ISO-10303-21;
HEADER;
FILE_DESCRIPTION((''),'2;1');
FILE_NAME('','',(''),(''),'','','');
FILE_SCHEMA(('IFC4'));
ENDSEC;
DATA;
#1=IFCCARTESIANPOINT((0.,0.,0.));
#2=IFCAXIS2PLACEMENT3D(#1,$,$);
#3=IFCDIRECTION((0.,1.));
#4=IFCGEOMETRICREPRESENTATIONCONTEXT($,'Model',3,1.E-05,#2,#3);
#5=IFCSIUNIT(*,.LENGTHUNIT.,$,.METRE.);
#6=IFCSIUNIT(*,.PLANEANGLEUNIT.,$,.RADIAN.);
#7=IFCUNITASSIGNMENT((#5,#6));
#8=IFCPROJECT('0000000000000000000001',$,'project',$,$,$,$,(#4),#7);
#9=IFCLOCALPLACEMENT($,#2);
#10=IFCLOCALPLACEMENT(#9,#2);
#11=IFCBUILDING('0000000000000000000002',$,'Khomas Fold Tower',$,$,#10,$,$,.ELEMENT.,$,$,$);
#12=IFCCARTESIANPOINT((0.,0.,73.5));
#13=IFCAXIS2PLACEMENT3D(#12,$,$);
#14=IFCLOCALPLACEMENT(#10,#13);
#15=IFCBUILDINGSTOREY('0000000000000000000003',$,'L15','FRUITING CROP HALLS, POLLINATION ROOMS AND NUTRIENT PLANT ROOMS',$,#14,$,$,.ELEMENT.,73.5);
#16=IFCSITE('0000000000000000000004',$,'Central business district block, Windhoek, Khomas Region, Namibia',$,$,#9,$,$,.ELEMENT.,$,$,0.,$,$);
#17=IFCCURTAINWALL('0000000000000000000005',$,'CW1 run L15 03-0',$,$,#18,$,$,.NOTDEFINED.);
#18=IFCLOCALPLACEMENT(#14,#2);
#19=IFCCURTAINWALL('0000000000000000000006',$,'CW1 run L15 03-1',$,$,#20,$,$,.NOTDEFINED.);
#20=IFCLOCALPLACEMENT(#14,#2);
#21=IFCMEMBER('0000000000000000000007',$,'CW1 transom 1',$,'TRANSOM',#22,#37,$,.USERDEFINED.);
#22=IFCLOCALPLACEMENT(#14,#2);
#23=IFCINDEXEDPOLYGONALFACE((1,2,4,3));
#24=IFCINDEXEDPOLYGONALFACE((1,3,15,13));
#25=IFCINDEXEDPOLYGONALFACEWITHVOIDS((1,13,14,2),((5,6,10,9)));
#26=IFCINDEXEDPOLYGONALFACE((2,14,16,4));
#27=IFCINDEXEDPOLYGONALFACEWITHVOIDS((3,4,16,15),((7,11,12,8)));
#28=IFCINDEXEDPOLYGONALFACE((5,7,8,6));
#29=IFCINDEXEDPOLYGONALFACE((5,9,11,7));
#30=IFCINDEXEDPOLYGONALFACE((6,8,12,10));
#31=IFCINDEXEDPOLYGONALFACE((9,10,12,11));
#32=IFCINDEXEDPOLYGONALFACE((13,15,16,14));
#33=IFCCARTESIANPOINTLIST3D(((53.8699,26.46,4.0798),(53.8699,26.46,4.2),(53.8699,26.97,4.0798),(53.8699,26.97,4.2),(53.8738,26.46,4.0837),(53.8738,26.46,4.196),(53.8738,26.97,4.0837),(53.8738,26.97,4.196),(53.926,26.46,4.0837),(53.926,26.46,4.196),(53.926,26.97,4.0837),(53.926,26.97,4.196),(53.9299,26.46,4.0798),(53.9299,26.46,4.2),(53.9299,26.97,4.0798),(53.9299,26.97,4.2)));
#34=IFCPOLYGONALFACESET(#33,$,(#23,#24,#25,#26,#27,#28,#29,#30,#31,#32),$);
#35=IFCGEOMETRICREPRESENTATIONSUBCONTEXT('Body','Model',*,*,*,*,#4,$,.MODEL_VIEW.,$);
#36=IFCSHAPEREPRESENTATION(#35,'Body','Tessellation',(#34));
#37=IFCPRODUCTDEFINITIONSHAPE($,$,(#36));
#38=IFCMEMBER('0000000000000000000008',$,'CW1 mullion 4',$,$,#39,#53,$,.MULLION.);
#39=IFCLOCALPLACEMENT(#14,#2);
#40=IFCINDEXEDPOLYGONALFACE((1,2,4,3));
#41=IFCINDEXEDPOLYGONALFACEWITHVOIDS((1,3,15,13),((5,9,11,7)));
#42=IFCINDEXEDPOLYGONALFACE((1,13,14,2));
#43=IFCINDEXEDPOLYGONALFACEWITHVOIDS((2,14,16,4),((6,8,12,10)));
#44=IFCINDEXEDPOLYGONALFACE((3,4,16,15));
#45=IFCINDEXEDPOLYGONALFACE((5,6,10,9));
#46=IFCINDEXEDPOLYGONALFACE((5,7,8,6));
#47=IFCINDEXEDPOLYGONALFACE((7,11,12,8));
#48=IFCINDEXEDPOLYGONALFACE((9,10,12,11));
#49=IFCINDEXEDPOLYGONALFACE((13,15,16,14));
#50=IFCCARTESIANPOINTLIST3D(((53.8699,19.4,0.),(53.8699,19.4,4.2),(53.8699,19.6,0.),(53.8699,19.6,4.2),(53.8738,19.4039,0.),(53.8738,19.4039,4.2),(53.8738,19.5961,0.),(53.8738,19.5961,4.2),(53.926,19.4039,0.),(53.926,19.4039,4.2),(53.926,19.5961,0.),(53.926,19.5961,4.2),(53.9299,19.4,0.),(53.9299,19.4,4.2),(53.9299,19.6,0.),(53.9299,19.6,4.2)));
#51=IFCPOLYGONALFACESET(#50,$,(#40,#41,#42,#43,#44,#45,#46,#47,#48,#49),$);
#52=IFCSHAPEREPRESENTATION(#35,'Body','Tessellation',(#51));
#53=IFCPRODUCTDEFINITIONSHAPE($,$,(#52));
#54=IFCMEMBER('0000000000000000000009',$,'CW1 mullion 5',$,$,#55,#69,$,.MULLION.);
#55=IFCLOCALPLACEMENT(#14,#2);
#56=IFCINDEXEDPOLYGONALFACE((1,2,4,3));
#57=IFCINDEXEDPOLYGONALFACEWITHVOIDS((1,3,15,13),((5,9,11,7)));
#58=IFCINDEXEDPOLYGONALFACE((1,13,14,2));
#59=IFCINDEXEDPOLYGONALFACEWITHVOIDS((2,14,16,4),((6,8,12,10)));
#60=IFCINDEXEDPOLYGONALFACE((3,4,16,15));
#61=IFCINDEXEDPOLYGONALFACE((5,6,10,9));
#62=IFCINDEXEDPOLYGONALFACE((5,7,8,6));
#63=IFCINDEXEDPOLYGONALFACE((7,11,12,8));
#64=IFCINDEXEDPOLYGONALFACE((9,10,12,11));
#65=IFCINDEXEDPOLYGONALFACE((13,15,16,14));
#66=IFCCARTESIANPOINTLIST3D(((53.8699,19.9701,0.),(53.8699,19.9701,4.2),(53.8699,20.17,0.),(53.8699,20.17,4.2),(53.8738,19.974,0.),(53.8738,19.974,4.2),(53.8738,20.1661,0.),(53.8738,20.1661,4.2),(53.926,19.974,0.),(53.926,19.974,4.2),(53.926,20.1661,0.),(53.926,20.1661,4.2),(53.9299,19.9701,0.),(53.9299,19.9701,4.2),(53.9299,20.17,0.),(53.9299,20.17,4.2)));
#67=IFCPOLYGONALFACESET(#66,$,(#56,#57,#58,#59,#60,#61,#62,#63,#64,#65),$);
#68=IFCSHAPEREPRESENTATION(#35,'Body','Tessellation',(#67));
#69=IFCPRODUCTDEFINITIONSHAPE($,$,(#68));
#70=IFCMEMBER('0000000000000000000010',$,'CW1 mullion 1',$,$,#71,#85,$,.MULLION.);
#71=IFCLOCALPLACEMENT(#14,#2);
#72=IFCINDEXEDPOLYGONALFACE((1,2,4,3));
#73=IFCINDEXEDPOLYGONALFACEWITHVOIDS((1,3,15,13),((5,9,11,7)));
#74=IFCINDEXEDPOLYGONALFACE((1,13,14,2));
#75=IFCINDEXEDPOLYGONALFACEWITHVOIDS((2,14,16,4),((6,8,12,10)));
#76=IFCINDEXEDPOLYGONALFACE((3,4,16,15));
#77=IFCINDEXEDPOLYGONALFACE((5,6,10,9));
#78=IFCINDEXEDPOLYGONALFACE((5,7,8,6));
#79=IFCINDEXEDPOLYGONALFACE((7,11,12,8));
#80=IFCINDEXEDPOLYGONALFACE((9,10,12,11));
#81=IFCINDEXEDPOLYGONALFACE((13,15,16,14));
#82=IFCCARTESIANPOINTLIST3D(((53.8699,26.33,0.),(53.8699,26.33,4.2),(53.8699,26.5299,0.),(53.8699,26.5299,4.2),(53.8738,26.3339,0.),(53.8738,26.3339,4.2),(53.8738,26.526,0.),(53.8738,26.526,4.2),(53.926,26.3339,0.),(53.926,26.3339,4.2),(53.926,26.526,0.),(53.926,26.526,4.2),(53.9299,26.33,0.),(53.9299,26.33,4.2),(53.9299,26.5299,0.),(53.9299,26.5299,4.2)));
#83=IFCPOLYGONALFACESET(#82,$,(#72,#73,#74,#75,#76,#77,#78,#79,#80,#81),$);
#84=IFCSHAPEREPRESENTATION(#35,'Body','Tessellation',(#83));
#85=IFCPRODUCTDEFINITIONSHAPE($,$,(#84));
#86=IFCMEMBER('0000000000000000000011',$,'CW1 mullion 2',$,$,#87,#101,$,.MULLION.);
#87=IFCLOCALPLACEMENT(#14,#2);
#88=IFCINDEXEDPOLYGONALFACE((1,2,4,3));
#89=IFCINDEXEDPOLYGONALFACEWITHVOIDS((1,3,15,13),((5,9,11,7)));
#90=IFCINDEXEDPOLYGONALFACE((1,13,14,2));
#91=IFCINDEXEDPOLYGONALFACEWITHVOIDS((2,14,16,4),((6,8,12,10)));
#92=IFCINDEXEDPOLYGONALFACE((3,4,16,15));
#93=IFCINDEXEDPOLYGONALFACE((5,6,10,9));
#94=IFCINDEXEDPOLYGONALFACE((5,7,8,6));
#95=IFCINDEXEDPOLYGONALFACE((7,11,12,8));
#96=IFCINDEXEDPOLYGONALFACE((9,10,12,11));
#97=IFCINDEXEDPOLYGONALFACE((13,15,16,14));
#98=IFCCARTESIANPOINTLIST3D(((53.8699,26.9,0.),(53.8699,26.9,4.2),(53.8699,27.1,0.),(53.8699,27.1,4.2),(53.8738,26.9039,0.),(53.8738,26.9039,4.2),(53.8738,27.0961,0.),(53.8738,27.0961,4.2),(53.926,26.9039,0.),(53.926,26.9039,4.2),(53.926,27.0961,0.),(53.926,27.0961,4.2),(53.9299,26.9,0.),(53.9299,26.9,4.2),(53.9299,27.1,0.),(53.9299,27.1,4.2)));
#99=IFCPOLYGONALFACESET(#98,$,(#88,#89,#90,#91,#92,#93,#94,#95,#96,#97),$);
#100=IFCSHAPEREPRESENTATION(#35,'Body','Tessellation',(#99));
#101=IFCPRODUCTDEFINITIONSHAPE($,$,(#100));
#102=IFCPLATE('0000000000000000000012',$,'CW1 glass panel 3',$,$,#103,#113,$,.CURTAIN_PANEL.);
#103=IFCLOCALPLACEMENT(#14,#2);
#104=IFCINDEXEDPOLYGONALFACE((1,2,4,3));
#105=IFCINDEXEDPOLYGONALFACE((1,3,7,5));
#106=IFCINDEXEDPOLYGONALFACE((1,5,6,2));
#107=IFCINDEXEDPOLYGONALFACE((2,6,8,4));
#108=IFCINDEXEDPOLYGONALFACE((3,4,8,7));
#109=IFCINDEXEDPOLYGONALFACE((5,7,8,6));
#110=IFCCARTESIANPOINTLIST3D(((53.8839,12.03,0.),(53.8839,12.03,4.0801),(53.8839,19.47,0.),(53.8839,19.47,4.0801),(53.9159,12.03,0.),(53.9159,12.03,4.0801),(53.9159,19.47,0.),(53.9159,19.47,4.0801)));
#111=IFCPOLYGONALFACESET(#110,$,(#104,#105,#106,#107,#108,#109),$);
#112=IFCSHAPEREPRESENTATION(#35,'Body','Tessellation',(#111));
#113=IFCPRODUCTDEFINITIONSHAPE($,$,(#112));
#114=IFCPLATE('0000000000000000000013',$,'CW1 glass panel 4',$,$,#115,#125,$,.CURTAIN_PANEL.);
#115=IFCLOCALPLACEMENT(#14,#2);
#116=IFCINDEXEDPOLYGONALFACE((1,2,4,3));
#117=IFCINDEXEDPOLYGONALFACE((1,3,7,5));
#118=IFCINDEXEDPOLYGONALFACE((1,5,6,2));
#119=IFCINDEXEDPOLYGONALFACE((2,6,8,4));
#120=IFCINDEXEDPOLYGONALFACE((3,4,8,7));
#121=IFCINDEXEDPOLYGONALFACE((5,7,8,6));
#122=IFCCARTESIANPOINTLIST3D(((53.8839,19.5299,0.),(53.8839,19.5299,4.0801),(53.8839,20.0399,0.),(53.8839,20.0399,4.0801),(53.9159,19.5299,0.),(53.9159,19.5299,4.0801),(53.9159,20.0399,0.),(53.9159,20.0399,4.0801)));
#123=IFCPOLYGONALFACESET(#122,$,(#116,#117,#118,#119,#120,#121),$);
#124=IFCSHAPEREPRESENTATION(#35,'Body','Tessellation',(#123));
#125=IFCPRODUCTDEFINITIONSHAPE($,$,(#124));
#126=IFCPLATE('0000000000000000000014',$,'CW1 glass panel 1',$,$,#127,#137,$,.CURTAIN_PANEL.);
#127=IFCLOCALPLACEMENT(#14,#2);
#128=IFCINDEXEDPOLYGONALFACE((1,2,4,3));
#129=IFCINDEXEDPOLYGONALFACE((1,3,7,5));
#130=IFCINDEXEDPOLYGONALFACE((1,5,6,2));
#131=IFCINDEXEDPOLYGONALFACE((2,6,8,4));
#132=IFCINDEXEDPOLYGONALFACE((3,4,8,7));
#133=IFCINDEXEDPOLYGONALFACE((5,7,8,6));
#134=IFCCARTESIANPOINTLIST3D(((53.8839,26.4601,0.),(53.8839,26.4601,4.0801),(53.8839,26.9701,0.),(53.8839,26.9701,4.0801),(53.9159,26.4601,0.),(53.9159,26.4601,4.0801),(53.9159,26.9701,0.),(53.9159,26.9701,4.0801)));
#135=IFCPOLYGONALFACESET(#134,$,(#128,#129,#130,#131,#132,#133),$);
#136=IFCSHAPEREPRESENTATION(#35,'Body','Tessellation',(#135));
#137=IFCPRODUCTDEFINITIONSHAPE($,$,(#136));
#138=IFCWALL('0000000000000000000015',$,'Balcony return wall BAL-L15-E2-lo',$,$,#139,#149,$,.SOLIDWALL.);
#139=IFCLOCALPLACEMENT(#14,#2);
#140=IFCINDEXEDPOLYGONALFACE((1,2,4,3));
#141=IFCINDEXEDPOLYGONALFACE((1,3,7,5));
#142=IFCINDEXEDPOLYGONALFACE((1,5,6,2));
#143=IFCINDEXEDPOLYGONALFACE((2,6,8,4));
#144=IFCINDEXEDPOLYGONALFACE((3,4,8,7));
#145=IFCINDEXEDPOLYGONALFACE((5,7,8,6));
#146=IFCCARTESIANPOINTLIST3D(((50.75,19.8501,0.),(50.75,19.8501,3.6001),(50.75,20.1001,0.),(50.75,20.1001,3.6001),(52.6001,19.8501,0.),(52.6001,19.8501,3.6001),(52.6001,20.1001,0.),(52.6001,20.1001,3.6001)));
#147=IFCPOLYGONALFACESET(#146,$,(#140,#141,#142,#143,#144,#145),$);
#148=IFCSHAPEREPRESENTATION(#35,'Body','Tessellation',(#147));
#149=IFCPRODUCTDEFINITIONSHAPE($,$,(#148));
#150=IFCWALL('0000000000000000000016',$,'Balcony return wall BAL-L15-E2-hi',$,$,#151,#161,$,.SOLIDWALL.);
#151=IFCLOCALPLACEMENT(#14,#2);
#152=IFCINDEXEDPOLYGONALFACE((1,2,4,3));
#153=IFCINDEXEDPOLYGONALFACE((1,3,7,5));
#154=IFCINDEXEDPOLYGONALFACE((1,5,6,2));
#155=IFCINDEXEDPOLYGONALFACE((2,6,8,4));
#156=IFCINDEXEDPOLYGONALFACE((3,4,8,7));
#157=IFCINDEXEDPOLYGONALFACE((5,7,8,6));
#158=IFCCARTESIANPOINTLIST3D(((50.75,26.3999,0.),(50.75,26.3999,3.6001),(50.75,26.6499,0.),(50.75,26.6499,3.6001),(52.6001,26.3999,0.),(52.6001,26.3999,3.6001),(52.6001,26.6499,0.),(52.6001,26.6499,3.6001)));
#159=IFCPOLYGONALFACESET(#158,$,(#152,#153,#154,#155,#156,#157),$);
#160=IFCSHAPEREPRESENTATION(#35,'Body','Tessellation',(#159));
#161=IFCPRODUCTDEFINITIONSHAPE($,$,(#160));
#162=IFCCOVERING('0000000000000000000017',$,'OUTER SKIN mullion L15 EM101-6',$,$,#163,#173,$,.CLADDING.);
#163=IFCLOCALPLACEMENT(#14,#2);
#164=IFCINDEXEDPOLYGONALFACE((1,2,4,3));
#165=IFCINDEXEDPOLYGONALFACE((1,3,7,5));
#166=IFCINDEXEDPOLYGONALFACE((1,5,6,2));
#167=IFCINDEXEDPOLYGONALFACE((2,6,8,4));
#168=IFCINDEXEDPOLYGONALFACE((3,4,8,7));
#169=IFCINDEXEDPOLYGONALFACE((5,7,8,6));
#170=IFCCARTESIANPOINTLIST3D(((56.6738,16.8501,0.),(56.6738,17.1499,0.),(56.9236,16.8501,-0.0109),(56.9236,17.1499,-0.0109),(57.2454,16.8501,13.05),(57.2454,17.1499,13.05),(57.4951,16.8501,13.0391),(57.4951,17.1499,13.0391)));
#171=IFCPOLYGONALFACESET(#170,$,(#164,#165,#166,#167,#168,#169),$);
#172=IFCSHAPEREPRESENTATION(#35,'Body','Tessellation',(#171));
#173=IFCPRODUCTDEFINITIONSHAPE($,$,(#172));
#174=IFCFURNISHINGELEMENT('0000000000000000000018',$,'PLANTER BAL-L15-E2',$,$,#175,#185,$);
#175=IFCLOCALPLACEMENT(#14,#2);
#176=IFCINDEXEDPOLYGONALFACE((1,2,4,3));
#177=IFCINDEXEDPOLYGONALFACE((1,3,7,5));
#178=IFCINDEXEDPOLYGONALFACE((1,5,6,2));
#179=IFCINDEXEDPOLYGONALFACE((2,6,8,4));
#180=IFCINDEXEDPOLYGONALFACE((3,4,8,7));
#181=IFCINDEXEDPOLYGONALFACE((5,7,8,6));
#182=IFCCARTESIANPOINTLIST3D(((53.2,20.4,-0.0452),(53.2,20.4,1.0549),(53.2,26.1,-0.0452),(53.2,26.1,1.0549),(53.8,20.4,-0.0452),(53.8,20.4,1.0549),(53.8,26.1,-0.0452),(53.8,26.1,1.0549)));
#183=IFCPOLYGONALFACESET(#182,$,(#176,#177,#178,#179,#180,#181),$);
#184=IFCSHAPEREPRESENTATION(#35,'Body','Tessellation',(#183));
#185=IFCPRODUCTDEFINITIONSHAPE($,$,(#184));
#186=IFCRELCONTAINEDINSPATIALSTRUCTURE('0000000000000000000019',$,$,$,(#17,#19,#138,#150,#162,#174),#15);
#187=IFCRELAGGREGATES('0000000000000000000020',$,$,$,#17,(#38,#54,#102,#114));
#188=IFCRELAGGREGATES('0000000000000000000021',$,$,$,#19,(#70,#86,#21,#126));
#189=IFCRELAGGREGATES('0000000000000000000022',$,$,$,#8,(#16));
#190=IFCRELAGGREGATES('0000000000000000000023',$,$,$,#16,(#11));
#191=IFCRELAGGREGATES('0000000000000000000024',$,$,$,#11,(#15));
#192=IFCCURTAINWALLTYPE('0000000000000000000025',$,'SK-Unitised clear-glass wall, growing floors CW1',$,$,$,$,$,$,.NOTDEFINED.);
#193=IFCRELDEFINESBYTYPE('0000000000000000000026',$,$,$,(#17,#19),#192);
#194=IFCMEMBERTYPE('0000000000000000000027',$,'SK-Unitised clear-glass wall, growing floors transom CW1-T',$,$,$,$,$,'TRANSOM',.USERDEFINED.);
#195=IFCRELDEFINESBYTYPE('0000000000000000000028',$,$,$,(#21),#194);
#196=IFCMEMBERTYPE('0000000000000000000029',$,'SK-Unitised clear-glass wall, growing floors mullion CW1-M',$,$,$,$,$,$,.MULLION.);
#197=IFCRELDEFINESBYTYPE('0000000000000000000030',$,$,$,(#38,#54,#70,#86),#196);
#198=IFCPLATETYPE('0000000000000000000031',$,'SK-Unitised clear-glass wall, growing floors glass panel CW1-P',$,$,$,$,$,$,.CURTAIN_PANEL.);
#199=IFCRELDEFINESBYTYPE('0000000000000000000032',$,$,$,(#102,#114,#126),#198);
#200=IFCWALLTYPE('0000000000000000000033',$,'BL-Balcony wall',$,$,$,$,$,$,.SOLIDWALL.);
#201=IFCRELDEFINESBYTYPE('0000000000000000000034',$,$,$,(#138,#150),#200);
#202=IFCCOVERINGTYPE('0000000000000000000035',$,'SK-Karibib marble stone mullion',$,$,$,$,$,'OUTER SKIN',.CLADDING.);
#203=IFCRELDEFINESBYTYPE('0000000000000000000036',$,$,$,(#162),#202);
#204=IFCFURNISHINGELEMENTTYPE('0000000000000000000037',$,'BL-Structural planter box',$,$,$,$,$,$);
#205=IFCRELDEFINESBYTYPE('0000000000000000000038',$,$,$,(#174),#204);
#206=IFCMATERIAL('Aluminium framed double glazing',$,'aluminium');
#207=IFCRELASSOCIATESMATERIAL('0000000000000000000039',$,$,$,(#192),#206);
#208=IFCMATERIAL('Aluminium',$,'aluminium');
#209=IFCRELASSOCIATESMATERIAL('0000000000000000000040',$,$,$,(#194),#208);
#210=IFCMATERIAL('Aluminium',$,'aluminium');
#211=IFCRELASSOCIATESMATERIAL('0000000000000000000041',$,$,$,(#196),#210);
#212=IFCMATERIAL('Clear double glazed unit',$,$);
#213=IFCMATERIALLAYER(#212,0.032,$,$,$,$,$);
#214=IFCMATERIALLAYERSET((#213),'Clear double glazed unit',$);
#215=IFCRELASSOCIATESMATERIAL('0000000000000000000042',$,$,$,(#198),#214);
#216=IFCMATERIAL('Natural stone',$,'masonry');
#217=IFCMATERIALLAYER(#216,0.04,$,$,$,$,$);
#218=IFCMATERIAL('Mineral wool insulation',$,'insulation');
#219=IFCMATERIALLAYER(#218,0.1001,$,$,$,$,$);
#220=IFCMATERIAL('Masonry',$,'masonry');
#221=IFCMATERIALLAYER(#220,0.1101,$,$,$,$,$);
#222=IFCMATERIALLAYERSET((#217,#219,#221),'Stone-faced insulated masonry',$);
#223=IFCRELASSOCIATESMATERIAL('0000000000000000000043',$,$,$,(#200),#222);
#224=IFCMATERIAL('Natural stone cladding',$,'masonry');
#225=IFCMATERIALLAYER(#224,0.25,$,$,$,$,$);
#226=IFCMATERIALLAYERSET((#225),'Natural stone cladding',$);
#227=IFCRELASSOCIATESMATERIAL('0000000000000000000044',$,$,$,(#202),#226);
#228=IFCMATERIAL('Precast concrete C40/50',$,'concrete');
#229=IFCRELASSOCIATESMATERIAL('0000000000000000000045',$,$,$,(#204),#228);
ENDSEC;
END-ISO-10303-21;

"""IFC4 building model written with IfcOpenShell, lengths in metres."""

from ifc_helpers import new_model, si_unit, direction, frame, frame_2d, origin, origin_2d, place, context, subcontext, project, spatial, polyline, rectangle, hollow_rectangle, outline, extrude, source, transform, mapped, material, layer, layer_set, material_profile, profile_set, type_object, element, aggregate, save


model = new_model("IFC4")

# Units and contexts
model_context = context("Model", 3, precision=1e-05, world=origin(), true_north=direction((0.0, 1.0)))
body_context = subcontext(model_context, "Body", "Model", "MODEL_VIEW")
ifc_project = project(units=[si_unit("LENGTHUNIT", "METRE"), si_unit("PLANEANGLEUNIT", "RADIAN")], contexts=[model_context])

# Site, building, storey
site_placement = place(None, origin())
site = spatial("IfcSite", under=ifc_project, at=site_placement, Name="Central business district block, Windhoek, Khomas Region, Namibia", CompositionType="ELEMENT", RefElevation=0.0)
building_placement = place(site_placement, origin())
building = spatial("IfcBuilding", under=site, at=building_placement, Name="Khomas Fold Tower", CompositionType="ELEMENT")
storey_placement = place(building_placement, frame((0.0, 0.0, 73.5)))
storey = spatial("IfcBuildingStorey", under=building, at=storey_placement, Name="L15", Description="FRUITING CROP HALLS, POLLINATION ROOMS AND NUTRIENT PLANT ROOMS", CompositionType="ELEMENT", Elevation=73.5)

# Curtain walls
ifc_material_1 = material(Name="Aluminium framed double glazing", Category="aluminium")
curtain_wall_type = type_object("IfcCurtainWallType", Name="SK-Unitised clear-glass wall, growing floors CW1", PredefinedType="NOTDEFINED", material=ifc_material_1)
curtain_wall_1_placement = place(storey_placement, origin())
curtain_wall_1 = element("IfcCurtainWall", 1, at=curtain_wall_1_placement, inside=storey, type_object=curtain_wall_type, Name="CW1 run L15 03-0", PredefinedType="NOTDEFINED")
ifc_material_2 = material(Name="Aluminium", Category="aluminium")
ifc_material_profile_1 = material_profile(ifc_material_2, hollow_rectangle(XDim=0.0601, YDim=0.1201, WallThickness=0.0039, at=origin_2d()), Name="SK-Unitised clear-glass wall, growing floors transom CW1-T")
ifc_profile_set_1 = profile_set([ifc_material_profile_1], Name="Aluminium")
member_type_1 = type_object("IfcMemberType", Name="SK-Unitised clear-glass wall, growing floors transom CW1-T", ElementType="TRANSOM", PredefinedType="USERDEFINED", material=ifc_profile_set_1)
curtain_wall_2_placement = place(storey_placement, origin())
curtain_wall_2 = element("IfcCurtainWall", 2, at=curtain_wall_2_placement, inside=storey, type_object=curtain_wall_type, Name="CW1 run L15 03-1", PredefinedType="NOTDEFINED")

# Members
shared_shape_1 = source(origin(), body_context, "Body", "SweptSolid", [
    extrude(hollow_rectangle(XDim=0.0601, YDim=0.1201, WallThickness=0.0039, at=origin_2d()), origin(), (0.0, 0.0, 1.0), 0.51),
])
member_1_placement = place(storey_placement, frame((53.8999, 26.46, 4.1399), z_axis=(0.0, 1.0, 0.0), x_axis=(-1.0, 0.0, 0.0)))
member_1 = element("IfcMember", 3, at=member_1_placement, type_object=member_type_1, Name="CW1 transom 1", ObjectType="TRANSOM", PredefinedType="USERDEFINED", context=body_context, shape_type="MappedRepresentation", body=[
    mapped(shared_shape_1, transform((0.0, 0.0, 0.0))),
])
ifc_material_3 = material(Name="Aluminium", Category="aluminium")
ifc_material_profile_2 = material_profile(ifc_material_3, hollow_rectangle(XDim=0.0601, YDim=0.2, WallThickness=0.0039, at=origin_2d()), Name="SK-Unitised clear-glass wall, growing floors mullion CW1-M")
ifc_profile_set_2 = profile_set([ifc_material_profile_2], Name="Aluminium")
member_type_2 = type_object("IfcMemberType", Name="SK-Unitised clear-glass wall, growing floors mullion CW1-M", PredefinedType="MULLION", material=ifc_profile_set_2)
shared_shape_2 = source(origin(), body_context, "Body", "SweptSolid", [
    extrude(hollow_rectangle(XDim=0.0601, YDim=0.2, WallThickness=0.0039, at=origin_2d()), origin(), (0.0, 0.0, 1.0), 4.2),
])
member_2_placement = place(storey_placement, frame((53.8999, 19.5, 0.0), z_axis=(0.0, 0.0, 1.0), x_axis=(-1.0, 0.0, 0.0)))
member_2 = element("IfcMember", 4, at=member_2_placement, type_object=member_type_2, Name="CW1 mullion 4", PredefinedType="MULLION", context=body_context, shape_type="MappedRepresentation", body=[
    mapped(shared_shape_2, transform((0.0, 0.0, 0.0))),
])
member_3_placement = place(storey_placement, frame((53.8999, 20.0701, 0.0), z_axis=(0.0, 0.0, 1.0), x_axis=(-1.0, 0.0, 0.0)))
member_3 = element("IfcMember", 5, at=member_3_placement, type_object=member_type_2, Name="CW1 mullion 5", PredefinedType="MULLION", context=body_context, shape_type="MappedRepresentation", body=[
    mapped(shared_shape_2, transform((0.0, 0.0, 0.0))),
])
member_4_placement = place(storey_placement, frame((53.8999, 26.4299, 0.0), z_axis=(0.0, 0.0, 1.0), x_axis=(-1.0, 0.0, 0.0)))
member_4 = element("IfcMember", 6, at=member_4_placement, type_object=member_type_2, Name="CW1 mullion 1", PredefinedType="MULLION", context=body_context, shape_type="MappedRepresentation", body=[
    mapped(shared_shape_2, transform((0.0, 0.0, 0.0))),
])
member_5_placement = place(storey_placement, frame((53.8999, 27.0, 0.0), z_axis=(0.0, 0.0, 1.0), x_axis=(-1.0, 0.0, 0.0)))
member_5 = element("IfcMember", 7, at=member_5_placement, type_object=member_type_2, Name="CW1 mullion 2", PredefinedType="MULLION", context=body_context, shape_type="MappedRepresentation", body=[
    mapped(shared_shape_2, transform((0.0, 0.0, 0.0))),
])

# Plates
ifc_material_4 = material(Name="Clear double glazed unit")
ifc_layer_1 = layer(ifc_material_4, 0.032)
ifc_layer_set_1 = layer_set([ifc_layer_1], Name="Clear double glazed unit")
plate_type_1 = type_object("IfcPlateType", Name="SK-Unitised clear-glass wall, growing floors glass panel CW1-P", PredefinedType="CURTAIN_PANEL", material=ifc_layer_set_1)
shared_shape_3 = source(origin(), body_context, "Body", "SweptSolid", [
    extrude(rectangle(XDim=7.4399, YDim=0.032, at=origin_2d()), origin(), (0.0, 0.0, 1.0), 4.0801),
])
plate_1_placement = place(storey_placement, frame((53.8999, 15.75, 0.0), z_axis=(0.0, 0.0, 1.0), x_axis=(0.0, 1.0, 0.0)))
plate_1 = element("IfcPlate", 8, at=plate_1_placement, type_object=plate_type_1, Name="CW1 glass panel 3", PredefinedType="CURTAIN_PANEL", context=body_context, shape_type="MappedRepresentation", body=[
    mapped(shared_shape_3, transform((0.0, 0.0, 0.0))),
])
shared_shape_4 = source(origin(), body_context, "Body", "SweptSolid", [
    extrude(rectangle(XDim=0.51, YDim=0.032, at=origin_2d()), origin(), (0.0, 0.0, 1.0), 4.0801),
])
plate_2_placement = place(storey_placement, frame((53.8999, 19.7849, 0.0), z_axis=(0.0, 0.0, 1.0), x_axis=(0.0, 1.0, 0.0)))
plate_2 = element("IfcPlate", 9, at=plate_2_placement, type_object=plate_type_1, Name="CW1 glass panel 4", PredefinedType="CURTAIN_PANEL", context=body_context, shape_type="MappedRepresentation", body=[
    mapped(shared_shape_4, transform((0.0, 0.0, 0.0))),
])
aggregate(curtain_wall_1, [member_2, member_3, plate_1, plate_2])
plate_3_placement = place(storey_placement, frame((53.8999, 26.7151, 0.0), z_axis=(0.0, 0.0, 1.0), x_axis=(0.0, 1.0, 0.0)))
plate_3 = element("IfcPlate", 10, at=plate_3_placement, type_object=plate_type_1, Name="CW1 glass panel 1", PredefinedType="CURTAIN_PANEL", context=body_context, shape_type="MappedRepresentation", body=[
    mapped(shared_shape_4, transform((0.0, 0.0, 0.0))),
])
aggregate(curtain_wall_2, [member_4, member_5, member_1, plate_3])

# Shared definitions
ifc_material_5 = material(Name="Natural stone", Category="masonry")
ifc_layer_2 = layer(ifc_material_5, 0.04)
ifc_material_6 = material(Name="Mineral wool insulation", Category="insulation")
ifc_layer_3 = layer(ifc_material_6, 0.1001)
ifc_material_7 = material(Name="Masonry", Category="masonry")
ifc_layer_4 = layer(ifc_material_7, 0.1101)
ifc_layer_set_2 = layer_set([ifc_layer_2, ifc_layer_3, ifc_layer_4], Name="Stone-faced insulated masonry")
wall_type = type_object("IfcWallType", Name="BL-Balcony wall", PredefinedType="SOLIDWALL", material=ifc_layer_set_2)

# Walls
shared_shape_5 = source(origin(), body_context, "Body", "SweptSolid", [
    extrude(rectangle(XDim=1.8501, YDim=0.25, at=frame_2d((0.925, 0.0))), origin(), (0.0, 0.0, 1.0), 3.6001),
])
for number, where, z_axis, x_axis, name in (
    (11, (52.6001, 19.9751, 0.0), (0.0, 0.0, 1.0), (-1.0, 0.0, 0.0), "Balcony return wall BAL-L15-E2-lo"),
    (12, (52.6001, 26.5249, 0.0), (0.0, 0.0, 1.0), (-1.0, 0.0, 0.0), "Balcony return wall BAL-L15-E2-hi"),
):
    element("IfcWall", number, at=place(storey_placement, frame(where, z_axis=z_axis, x_axis=x_axis)), inside=storey, type_object=wall_type, Name=name, PredefinedType="SOLIDWALL", context=body_context, shape_type="MappedRepresentation", body=[
        mapped(shared_shape_5, transform((0.0, 0.0, 0.0))),
    ])

# Covering
ifc_material_8 = material(Name="Natural stone cladding", Category="masonry")
ifc_layer_5 = layer(ifc_material_8, 0.25)
ifc_layer_set_3 = layer_set([ifc_layer_5], Name="Natural stone cladding")
covering_type = type_object("IfcCoveringType", Name="SK-Karibib marble stone mullion", ElementType="OUTER SKIN", PredefinedType="CLADDING", material=ifc_layer_set_3)
covering_1_placement = place(storey_placement, frame((56.6738, 16.8501, 0.0), z_axis=(-0.999042, 0.0, 0.043754), x_axis=(0.043754, 0.0, 0.999042)))
element("IfcCovering", 13, at=covering_1_placement, inside=storey, type_object=covering_type, Name="OUTER SKIN mullion L15 EM101-6", PredefinedType="CLADDING", context=body_context, shape_type="SweptSolid", body=[
    extrude(outline(polyline([(0.0, 0.0), (13.0626, 0.0), (13.0626, 0.2998), (0.0, 0.2998), (0.0, 0.0)])), origin(), (0.0, 0.0, -1.0), 0.25),
])

# Furnishing element
ifc_material_9 = material(Name="Precast concrete C40/50", Category="concrete")
furnishing_element_type_1 = type_object("IfcFurnishingElementType", Name="BL-Structural planter box", material=ifc_material_9)
shared_shape_6 = source(origin(), body_context, "Body", "SweptSolid", [
    extrude(rectangle(XDim=5.7, YDim=0.6001, at=origin_2d()), origin(), (0.0, 0.0, 1.0), 1.1001),
])
furnishing_1_placement = place(storey_placement, frame((53.5, 23.25, -0.0452), z_axis=(0.0, 0.0, 1.0), x_axis=(0.0, 1.0, 0.0)))
element("IfcFurnishingElement", 14, at=furnishing_1_placement, inside=storey, type_object=furnishing_element_type_1, Name="PLANTER BAL-L15-E2", context=body_context, shape_type="MappedRepresentation", body=[
    mapped(shared_shape_6, transform((0.0, 0.0, 0.0))),
])

save(model, "model.ifc")
